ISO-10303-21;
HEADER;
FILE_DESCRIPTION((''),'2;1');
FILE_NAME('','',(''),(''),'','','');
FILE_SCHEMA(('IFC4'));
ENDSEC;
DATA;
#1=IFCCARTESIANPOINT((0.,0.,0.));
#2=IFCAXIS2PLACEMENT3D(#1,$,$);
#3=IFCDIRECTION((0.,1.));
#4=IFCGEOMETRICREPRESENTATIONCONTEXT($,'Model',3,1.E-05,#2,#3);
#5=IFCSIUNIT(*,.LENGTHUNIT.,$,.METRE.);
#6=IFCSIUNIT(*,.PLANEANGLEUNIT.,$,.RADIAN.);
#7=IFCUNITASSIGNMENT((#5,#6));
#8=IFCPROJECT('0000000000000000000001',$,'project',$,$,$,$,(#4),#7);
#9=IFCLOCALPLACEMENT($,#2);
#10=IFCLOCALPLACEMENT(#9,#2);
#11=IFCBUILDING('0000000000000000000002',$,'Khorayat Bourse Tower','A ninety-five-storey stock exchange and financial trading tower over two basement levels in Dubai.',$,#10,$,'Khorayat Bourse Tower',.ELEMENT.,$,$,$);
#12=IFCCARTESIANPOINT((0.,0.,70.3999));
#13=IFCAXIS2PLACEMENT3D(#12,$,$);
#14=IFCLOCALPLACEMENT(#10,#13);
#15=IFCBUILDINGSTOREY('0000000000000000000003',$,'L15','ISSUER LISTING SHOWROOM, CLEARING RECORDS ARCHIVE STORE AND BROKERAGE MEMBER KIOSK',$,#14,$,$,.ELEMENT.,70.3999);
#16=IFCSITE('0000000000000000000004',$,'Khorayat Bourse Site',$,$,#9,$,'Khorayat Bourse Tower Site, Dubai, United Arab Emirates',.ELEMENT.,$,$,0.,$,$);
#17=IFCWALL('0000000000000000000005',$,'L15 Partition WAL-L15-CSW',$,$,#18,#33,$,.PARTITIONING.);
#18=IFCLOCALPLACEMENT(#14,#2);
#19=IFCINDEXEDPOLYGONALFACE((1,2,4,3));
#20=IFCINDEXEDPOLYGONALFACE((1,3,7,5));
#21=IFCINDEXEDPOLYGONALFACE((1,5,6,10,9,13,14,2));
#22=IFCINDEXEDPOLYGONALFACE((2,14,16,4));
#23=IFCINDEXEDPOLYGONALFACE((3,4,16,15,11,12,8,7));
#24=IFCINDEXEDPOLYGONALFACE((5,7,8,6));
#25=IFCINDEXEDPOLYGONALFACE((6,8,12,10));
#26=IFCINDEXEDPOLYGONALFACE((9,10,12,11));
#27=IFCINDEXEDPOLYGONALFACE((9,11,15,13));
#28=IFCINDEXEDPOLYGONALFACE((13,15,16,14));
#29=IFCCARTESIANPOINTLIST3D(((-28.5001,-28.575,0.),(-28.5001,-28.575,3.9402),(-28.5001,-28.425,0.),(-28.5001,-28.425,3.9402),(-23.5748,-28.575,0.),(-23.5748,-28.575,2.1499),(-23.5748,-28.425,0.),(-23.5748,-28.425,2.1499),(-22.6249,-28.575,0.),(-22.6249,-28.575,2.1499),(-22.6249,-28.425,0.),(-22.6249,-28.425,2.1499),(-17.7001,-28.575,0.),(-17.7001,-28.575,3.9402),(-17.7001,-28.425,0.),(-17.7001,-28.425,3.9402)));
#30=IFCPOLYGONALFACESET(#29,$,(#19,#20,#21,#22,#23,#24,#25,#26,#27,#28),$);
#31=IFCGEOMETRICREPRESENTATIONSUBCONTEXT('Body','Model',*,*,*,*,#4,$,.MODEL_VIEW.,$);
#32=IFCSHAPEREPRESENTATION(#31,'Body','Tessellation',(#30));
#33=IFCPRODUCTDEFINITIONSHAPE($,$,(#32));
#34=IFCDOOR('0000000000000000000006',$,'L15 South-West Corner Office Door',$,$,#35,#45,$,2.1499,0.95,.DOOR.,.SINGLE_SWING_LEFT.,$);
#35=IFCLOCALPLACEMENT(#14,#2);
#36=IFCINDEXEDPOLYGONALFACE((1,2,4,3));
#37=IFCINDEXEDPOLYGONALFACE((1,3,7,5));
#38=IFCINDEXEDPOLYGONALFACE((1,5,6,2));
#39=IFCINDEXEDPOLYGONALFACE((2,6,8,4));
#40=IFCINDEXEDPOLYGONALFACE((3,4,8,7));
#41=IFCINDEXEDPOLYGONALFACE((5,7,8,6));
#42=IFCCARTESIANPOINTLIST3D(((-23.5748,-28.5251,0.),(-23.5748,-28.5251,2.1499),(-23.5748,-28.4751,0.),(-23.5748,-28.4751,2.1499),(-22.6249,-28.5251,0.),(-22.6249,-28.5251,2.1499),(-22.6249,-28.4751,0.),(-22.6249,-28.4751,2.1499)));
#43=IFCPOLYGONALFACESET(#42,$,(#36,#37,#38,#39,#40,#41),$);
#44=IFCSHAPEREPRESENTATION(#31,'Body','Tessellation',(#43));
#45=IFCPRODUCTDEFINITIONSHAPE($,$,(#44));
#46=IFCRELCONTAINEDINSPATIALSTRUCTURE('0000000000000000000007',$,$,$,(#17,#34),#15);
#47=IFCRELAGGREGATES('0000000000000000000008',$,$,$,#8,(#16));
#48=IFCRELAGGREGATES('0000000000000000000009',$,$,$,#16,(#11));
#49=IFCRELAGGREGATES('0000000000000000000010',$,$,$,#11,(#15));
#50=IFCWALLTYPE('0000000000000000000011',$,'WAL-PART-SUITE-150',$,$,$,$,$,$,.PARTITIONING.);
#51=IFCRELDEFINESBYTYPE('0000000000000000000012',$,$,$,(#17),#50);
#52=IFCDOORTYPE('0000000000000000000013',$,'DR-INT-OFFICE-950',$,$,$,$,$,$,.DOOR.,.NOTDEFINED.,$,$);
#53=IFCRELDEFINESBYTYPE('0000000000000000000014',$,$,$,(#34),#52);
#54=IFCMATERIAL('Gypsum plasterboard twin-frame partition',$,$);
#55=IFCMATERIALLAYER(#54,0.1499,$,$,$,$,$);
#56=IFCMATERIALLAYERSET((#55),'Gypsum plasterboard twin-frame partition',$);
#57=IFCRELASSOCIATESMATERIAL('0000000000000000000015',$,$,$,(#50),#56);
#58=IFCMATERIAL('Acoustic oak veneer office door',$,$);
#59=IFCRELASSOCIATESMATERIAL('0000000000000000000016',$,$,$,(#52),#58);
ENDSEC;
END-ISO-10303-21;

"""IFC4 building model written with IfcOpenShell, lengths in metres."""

from ifc_helpers import new_model, si_unit, direction, frame, frame_2d, origin, place, context, subcontext, project, spatial, rectangle, extrude, source, transform, mapped, material, layer, layer_set, type_object, element, fill, save


model = new_model("IFC4")

# Units and contexts
model_context = context("Model", 3, precision=1e-05, world=origin(), true_north=direction((0.0, 1.0)))
body_context = subcontext(model_context, "Body", "Model", "MODEL_VIEW")
ifc_project = project(units=[si_unit("LENGTHUNIT", "METRE"), si_unit("PLANEANGLEUNIT", "RADIAN")], contexts=[model_context])

# Site, building, storey
site_placement = place(None, origin())
site = spatial("IfcSite", under=ifc_project, at=site_placement, Name="Khorayat Bourse Site", LongName="Khorayat Bourse Tower Site, Dubai, United Arab Emirates", CompositionType="ELEMENT", RefElevation=0.0)
building_placement = place(site_placement, origin())
building = spatial("IfcBuilding", under=site, at=building_placement, Name="Khorayat Bourse Tower", Description="A ninety-five-storey stock exchange and financial trading tower over two basement levels in Dubai.", LongName="Khorayat Bourse Tower", CompositionType="ELEMENT")
storey_placement = place(building_placement, frame((0.0, 0.0, 70.3999)))
storey = spatial("IfcBuildingStorey", under=building, at=storey_placement, Name="L15", Description="ISSUER LISTING SHOWROOM, CLEARING RECORDS ARCHIVE STORE AND BROKERAGE MEMBER KIOSK", CompositionType="ELEMENT", Elevation=70.3999)

# Wall, opening, door
ifc_material_1 = material(Name="Gypsum plasterboard twin-frame partition")
ifc_layer_1 = layer(ifc_material_1, 0.1499)
ifc_layer_set_1 = layer_set([ifc_layer_1], Name="Gypsum plasterboard twin-frame partition")
wall_type_1 = type_object("IfcWallType", Name="WAL-PART-SUITE-150", PredefinedType="PARTITIONING", material=ifc_layer_set_1)
shared_shape_1 = source(origin(), body_context, "Body", "SweptSolid", [
    extrude(rectangle(XDim=10.8, YDim=0.1499, at=frame_2d((5.3999, 0.0))), origin(), (0.0, 0.0, 1.0), 3.9402),
])
wall_1_placement = place(storey_placement, frame((-28.5, -28.5, 0.0), z_axis=(0.0, 0.0, 1.0), x_axis=(1.0, 0.0, 0.0)))
wall_1 = element("IfcWall", 1, at=wall_1_placement, inside=storey, type_object=wall_type_1, Name="L15 Partition WAL-L15-CSW", PredefinedType="PARTITIONING", context=body_context, shape_type="MappedRepresentation", body=[
    mapped(shared_shape_1, transform((0.0, 0.0, 0.0), scale=1.0)),
])
shared_shape_2 = source(origin(), body_context, "Body", "SweptSolid", [
    extrude(rectangle(XDim=0.95, YDim=2.1499, at=frame_2d((0.4751, 1.075))), frame((0.0, 0.085, 0.0), z_axis=(0.0, -1.0, 0.0), x_axis=(1.0, 0.0, 0.0)), (0.0, 0.0, 1.0), 0.1699),
])
opening_1_placement = place(wall_1_placement, frame((4.925, 0.0, 0.0)))
opening_1 = element("IfcOpeningElement", 2, at=opening_1_placement, cuts=wall_1, PredefinedType="OPENING", context=body_context, shape_type="MappedRepresentation", body=[
    mapped(shared_shape_2, transform((0.0, 0.0, 0.0), scale=1.0)),
])
ifc_material_2 = material(Name="Acoustic oak veneer office door")
door_type = type_object("IfcDoorType", Name="DR-INT-OFFICE-950", OperationType="NOTDEFINED", PredefinedType="DOOR", material=ifc_material_2)
shared_shape_3 = source(origin(), body_context, "Body", "SweptSolid", [
    extrude(rectangle(XDim=0.95, YDim=2.1499, at=frame_2d((0.4751, 1.075))), frame((0.0, 0.0249, 0.0), z_axis=(0.0, -1.0, 0.0), x_axis=(1.0, 0.0, 0.0)), (0.0, 0.0, 1.0), 0.05),
])
door_placement = place(opening_1_placement, origin())
door = element("IfcDoor", 3, at=door_placement, inside=storey, type_object=door_type, Name="L15 South-West Corner Office Door", OperationType="SINGLE_SWING_LEFT", OverallHeight=2.1499, OverallWidth=0.95, PredefinedType="DOOR", context=body_context, shape_type="MappedRepresentation", body=[
    mapped(shared_shape_3, transform((0.0, 0.0, 0.0), scale=1.0)),
])
fill(opening_1, door)

save(model, "model.ifc")
